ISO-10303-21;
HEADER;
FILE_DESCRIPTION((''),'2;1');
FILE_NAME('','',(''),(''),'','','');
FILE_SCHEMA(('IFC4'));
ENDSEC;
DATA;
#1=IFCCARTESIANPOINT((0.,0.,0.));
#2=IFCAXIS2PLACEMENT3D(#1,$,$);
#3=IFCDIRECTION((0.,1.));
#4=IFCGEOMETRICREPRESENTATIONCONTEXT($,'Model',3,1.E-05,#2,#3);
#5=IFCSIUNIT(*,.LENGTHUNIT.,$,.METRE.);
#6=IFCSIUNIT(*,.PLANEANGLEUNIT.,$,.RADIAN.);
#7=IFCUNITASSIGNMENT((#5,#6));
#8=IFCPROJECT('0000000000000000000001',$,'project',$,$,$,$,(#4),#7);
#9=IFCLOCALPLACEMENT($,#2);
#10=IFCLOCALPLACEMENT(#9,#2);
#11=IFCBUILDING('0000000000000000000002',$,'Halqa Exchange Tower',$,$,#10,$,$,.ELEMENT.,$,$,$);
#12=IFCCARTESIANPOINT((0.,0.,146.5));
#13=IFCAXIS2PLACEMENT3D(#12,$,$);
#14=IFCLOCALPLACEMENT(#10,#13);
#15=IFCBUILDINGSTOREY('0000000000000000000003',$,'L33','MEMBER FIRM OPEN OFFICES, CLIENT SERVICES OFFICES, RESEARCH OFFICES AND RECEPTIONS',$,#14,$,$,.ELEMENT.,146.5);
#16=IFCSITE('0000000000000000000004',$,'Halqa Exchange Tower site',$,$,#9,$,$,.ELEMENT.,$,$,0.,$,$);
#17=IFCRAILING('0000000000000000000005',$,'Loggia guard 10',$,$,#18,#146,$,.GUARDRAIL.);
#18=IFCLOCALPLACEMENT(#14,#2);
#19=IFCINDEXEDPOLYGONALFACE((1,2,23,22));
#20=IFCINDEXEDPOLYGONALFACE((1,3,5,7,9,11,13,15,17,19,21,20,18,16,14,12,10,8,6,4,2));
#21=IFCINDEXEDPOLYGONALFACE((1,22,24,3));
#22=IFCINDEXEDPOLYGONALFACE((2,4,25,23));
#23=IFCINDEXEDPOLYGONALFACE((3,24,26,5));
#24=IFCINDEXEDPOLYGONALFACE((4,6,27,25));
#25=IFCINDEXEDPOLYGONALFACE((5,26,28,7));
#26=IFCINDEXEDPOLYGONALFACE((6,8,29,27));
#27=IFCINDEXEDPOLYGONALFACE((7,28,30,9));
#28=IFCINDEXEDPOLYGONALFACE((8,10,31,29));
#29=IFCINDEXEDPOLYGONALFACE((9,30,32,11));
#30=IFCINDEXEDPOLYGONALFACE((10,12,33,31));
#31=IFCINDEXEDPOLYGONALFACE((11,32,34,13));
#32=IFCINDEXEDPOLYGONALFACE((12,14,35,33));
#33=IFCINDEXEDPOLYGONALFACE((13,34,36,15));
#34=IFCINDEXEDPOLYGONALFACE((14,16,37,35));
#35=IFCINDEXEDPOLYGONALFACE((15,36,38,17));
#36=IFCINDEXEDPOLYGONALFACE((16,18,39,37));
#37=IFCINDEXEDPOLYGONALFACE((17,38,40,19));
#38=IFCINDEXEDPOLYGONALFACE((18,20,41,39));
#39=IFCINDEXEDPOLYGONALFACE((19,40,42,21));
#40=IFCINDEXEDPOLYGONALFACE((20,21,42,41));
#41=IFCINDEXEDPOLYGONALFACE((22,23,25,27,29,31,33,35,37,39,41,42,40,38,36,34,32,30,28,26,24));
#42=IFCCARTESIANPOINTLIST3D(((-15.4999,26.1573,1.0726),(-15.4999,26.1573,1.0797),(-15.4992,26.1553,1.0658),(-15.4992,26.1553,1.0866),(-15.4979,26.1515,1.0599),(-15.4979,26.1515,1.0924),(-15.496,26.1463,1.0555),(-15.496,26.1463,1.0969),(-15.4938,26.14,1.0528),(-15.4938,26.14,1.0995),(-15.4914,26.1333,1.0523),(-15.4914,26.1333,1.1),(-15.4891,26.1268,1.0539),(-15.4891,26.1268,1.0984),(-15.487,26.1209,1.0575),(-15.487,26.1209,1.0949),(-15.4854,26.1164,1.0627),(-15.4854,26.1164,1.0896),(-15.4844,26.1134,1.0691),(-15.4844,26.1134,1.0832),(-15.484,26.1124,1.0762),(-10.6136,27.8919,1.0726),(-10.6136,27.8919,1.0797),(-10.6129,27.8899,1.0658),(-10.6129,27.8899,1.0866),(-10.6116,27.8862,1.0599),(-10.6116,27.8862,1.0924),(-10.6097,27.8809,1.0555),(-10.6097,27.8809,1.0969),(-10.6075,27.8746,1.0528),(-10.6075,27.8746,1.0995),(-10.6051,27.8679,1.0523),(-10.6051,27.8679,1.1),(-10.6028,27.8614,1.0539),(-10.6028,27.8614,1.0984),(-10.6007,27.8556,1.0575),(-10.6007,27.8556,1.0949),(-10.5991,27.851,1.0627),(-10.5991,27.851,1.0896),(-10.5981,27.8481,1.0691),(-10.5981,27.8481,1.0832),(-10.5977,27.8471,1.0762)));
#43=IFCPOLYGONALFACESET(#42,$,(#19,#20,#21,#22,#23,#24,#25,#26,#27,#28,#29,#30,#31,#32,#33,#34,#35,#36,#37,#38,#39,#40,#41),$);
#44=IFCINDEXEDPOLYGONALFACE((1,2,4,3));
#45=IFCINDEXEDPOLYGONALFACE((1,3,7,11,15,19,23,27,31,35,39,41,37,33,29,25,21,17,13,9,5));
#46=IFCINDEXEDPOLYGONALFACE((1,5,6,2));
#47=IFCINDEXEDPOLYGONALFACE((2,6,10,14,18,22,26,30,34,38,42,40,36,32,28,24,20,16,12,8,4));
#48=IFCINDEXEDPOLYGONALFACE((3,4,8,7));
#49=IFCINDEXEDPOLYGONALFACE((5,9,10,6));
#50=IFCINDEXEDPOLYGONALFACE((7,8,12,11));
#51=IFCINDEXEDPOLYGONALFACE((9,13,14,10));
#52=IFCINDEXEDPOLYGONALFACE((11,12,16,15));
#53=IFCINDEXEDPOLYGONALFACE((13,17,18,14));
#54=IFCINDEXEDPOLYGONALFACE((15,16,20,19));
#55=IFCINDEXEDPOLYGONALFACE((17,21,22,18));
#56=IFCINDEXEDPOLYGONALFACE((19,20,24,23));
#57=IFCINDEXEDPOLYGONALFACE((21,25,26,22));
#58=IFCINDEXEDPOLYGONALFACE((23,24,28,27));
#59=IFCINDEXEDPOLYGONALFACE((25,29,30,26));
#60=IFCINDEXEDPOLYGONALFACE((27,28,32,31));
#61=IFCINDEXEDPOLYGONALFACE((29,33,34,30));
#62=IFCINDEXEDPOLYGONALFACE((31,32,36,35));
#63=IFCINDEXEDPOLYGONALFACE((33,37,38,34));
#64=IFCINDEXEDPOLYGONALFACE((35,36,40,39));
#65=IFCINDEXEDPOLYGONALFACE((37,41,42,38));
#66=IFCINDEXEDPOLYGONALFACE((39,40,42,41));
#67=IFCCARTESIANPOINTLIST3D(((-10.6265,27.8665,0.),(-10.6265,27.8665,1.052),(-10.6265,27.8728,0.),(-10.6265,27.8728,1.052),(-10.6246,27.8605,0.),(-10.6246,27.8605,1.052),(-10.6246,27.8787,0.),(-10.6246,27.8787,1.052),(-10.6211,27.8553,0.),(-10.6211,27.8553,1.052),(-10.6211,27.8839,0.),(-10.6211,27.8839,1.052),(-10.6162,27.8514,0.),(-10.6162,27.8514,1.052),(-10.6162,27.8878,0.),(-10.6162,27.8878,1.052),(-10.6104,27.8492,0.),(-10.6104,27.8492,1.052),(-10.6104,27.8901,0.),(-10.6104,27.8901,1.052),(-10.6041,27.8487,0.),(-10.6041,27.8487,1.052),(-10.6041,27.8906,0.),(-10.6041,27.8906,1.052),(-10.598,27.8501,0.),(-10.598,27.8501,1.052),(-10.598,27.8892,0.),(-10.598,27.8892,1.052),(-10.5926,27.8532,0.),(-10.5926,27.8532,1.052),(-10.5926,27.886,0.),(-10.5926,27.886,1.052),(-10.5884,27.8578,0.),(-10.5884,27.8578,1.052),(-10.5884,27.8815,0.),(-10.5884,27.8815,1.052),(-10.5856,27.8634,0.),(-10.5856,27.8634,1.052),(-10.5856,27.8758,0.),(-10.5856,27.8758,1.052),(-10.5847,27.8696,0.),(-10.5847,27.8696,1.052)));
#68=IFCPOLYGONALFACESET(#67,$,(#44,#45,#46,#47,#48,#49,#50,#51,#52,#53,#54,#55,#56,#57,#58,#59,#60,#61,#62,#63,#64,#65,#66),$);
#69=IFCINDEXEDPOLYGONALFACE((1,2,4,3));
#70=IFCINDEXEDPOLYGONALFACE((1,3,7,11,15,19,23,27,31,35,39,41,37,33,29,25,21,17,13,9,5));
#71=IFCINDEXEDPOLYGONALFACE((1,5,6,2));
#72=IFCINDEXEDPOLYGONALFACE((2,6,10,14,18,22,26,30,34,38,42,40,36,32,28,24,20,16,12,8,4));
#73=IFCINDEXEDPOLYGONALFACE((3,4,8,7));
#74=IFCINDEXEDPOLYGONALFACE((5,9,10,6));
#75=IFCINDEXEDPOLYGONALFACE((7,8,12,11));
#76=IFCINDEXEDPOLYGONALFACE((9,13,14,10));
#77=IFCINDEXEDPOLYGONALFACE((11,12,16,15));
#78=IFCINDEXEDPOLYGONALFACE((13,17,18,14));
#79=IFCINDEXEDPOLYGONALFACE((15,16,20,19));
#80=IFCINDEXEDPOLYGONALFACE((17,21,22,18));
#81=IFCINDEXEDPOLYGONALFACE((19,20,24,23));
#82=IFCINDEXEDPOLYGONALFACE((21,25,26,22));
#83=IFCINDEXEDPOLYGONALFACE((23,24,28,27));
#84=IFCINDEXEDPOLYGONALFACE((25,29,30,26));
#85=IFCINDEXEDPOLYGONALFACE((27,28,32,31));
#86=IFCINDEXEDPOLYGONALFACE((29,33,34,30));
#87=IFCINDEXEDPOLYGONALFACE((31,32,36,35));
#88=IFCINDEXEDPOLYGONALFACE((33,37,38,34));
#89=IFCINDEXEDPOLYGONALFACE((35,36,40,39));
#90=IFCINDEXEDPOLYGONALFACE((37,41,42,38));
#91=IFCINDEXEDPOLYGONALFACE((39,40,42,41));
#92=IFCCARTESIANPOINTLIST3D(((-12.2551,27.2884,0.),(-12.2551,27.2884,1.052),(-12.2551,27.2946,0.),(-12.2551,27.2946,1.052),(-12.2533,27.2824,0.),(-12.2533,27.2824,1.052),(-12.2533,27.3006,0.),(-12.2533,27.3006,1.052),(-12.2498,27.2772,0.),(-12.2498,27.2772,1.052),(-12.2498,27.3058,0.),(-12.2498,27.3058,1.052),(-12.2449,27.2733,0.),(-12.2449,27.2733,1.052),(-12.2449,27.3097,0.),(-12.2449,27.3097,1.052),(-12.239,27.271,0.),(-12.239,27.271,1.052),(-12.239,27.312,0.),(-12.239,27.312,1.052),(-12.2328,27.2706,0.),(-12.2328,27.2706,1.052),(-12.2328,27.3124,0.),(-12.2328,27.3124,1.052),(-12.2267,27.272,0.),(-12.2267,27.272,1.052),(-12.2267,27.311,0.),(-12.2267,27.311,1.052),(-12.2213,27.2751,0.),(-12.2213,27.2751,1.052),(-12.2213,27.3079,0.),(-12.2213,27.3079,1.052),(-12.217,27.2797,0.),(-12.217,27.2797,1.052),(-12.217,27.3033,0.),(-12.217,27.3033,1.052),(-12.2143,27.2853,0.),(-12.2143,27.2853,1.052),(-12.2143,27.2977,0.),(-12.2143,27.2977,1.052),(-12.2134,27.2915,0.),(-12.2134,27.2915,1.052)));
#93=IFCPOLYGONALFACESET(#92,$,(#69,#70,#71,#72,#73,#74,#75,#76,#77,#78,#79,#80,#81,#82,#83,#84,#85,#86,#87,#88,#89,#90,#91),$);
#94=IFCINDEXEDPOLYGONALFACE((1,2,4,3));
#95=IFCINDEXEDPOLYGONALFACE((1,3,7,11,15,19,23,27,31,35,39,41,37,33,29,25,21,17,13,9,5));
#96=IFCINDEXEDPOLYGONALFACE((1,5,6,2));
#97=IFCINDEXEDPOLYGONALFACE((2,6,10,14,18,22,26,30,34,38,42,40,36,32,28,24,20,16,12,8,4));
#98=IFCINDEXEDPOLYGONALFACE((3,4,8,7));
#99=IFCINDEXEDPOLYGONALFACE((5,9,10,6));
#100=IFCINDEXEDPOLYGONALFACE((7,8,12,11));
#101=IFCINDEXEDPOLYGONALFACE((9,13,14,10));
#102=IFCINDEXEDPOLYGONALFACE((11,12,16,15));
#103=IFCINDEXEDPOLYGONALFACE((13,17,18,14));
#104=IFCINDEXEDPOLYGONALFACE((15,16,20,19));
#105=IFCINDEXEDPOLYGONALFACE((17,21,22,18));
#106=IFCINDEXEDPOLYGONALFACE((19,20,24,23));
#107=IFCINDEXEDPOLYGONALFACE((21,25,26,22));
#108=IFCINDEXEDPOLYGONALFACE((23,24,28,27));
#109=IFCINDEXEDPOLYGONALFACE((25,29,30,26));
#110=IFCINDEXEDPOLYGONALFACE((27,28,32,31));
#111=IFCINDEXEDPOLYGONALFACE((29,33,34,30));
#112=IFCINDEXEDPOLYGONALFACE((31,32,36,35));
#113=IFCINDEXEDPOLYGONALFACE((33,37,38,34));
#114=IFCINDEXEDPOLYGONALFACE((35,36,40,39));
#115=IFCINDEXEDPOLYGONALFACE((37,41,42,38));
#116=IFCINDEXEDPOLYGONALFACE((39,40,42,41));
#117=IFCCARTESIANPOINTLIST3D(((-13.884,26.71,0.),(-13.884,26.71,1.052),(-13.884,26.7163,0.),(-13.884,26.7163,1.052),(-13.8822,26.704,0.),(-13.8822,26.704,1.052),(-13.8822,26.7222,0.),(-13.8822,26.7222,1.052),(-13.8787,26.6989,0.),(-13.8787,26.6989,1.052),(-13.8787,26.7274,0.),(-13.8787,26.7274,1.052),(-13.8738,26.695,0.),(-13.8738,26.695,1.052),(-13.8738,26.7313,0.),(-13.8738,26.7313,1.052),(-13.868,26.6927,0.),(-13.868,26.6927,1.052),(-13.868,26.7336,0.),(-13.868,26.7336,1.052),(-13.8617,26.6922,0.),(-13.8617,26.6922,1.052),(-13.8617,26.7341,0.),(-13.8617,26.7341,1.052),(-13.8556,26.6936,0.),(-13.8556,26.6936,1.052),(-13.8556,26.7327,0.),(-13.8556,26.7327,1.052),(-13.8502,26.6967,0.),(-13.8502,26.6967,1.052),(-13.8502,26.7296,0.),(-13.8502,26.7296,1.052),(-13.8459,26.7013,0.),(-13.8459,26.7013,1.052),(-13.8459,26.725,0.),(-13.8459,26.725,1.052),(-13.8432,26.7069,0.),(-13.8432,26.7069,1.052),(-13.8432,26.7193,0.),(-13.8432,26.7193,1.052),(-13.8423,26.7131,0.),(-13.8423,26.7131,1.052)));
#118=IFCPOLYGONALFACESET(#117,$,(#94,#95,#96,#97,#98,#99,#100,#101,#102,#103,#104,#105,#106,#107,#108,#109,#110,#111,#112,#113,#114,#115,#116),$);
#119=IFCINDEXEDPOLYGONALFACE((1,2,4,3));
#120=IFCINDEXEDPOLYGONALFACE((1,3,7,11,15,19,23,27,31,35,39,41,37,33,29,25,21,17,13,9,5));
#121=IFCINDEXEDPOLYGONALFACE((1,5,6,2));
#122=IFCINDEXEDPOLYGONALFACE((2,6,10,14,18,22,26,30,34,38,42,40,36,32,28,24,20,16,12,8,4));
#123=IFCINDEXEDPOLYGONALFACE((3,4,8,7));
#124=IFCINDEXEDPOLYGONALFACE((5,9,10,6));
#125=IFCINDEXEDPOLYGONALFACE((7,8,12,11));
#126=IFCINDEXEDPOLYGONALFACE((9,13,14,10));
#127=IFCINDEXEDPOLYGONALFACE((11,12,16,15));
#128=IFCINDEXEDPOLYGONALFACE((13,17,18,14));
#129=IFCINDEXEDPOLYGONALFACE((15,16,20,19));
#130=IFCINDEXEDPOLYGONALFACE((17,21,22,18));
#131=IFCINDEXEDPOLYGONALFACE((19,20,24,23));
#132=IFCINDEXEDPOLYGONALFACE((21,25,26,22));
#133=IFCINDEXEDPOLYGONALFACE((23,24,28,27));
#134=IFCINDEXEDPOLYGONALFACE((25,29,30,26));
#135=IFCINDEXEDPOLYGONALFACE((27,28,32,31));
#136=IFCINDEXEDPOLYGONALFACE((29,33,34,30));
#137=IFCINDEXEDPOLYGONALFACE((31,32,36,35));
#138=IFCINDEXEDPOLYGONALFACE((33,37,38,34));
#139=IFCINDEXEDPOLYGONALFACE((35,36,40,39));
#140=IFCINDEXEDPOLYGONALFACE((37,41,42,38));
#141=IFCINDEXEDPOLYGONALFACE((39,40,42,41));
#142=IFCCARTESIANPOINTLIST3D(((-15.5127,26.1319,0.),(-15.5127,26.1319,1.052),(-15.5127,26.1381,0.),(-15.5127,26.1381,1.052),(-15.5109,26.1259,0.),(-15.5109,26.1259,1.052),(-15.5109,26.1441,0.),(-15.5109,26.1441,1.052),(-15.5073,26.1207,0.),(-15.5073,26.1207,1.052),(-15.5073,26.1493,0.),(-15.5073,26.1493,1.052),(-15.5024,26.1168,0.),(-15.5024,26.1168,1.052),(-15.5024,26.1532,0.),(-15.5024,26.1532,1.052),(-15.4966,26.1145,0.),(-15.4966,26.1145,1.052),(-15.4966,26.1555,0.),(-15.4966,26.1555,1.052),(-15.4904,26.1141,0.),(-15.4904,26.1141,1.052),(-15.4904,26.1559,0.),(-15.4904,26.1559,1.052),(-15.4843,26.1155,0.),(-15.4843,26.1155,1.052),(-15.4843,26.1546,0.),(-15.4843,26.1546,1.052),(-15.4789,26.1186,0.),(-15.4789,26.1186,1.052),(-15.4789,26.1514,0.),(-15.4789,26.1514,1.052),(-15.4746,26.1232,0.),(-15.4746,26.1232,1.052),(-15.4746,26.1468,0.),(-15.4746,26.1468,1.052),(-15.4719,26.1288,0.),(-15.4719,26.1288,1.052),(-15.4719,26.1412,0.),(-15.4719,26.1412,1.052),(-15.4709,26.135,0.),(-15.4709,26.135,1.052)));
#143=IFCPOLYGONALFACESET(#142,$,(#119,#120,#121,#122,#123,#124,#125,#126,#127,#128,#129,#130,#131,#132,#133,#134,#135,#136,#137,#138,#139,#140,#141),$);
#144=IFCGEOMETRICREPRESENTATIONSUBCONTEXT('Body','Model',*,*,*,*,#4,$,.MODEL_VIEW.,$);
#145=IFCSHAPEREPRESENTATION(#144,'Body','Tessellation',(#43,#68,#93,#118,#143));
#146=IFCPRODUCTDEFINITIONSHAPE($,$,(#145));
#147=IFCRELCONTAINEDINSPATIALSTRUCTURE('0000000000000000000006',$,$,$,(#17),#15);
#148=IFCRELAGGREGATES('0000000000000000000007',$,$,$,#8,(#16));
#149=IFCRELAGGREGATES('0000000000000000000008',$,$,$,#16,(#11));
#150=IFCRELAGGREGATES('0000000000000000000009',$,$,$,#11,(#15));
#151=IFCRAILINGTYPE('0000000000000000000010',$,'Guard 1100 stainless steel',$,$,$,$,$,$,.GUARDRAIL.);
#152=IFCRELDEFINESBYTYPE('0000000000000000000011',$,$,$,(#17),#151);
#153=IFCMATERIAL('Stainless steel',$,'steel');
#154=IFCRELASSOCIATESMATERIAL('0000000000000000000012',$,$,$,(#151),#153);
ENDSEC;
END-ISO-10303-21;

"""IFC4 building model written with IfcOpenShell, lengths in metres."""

from ifc_helpers import new_model, si_unit, direction, frame, origin, origin_2d, place, context, subcontext, project, spatial, circle, extrude, material, type_object, element, save


model = new_model("IFC4")

# Units and contexts
model_context = context("Model", 3, precision=1e-05, world=origin(), true_north=direction((0.0, 1.0)))
body_context = subcontext(model_context, "Body", "Model", "MODEL_VIEW")
ifc_project = project(units=[si_unit("LENGTHUNIT", "METRE"), si_unit("PLANEANGLEUNIT", "RADIAN")], contexts=[model_context])

# Site, building, storey
site_placement = place(None, origin())
site = spatial("IfcSite", under=ifc_project, at=site_placement, Name="Halqa Exchange Tower site", CompositionType="ELEMENT", RefElevation=0.0)
building_placement = place(site_placement, origin())
building = spatial("IfcBuilding", under=site, at=building_placement, Name="Halqa Exchange Tower", CompositionType="ELEMENT")
storey_placement = place(building_placement, frame((0.0, 0.0, 146.5)))
storey = spatial("IfcBuildingStorey", under=building, at=storey_placement, Name="L33", Description="MEMBER FIRM OPEN OFFICES, CLIENT SERVICES OFFICES, RESEARCH OFFICES AND RECEPTIONS", CompositionType="ELEMENT", Elevation=146.5)

# Railing
ifc_material_1 = material(Name="Stainless steel", Category="steel")
railing_type_1 = type_object("IfcRailingType", Name="Guard 1100 stainless steel", PredefinedType="GUARDRAIL", material=ifc_material_1)
railing_1_placement = place(storey_placement, frame((-10.6057, 27.8696, 0.0)))
element("IfcRailing", 1, at=railing_1_placement, inside=storey, type_object=railing_type_1, Name="Loggia guard 10", PredefinedType="GUARDRAIL", context=body_context, shape_type="SweptSolid", body=[
    extrude(circle(Radius=0.0239, at=origin_2d()), frame((0.0, 0.0, 1.0762), z_axis=(-0.942379, -0.334546, 0.0), x_axis=(0.334546, -0.942379, 0.0)), (0.0, 0.0, 1.0), 5.1851),
    extrude(circle(Radius=0.021, at=origin_2d()), origin(), (0.0, 0.0, 1.0), 1.052),
    extrude(circle(Radius=0.021, at=origin_2d()), frame((-1.6287, -0.5781, 0.0)), (0.0, 0.0, 1.0), 1.052),
    extrude(circle(Radius=0.021, at=origin_2d()), frame((-3.2576, -1.1565, 0.0)), (0.0, 0.0, 1.0), 1.052),
    extrude(circle(Radius=0.021, at=origin_2d()), frame((-4.8862, -1.7346, 0.0)), (0.0, 0.0, 1.0), 1.052),
])

save(model, "model.ifc")
